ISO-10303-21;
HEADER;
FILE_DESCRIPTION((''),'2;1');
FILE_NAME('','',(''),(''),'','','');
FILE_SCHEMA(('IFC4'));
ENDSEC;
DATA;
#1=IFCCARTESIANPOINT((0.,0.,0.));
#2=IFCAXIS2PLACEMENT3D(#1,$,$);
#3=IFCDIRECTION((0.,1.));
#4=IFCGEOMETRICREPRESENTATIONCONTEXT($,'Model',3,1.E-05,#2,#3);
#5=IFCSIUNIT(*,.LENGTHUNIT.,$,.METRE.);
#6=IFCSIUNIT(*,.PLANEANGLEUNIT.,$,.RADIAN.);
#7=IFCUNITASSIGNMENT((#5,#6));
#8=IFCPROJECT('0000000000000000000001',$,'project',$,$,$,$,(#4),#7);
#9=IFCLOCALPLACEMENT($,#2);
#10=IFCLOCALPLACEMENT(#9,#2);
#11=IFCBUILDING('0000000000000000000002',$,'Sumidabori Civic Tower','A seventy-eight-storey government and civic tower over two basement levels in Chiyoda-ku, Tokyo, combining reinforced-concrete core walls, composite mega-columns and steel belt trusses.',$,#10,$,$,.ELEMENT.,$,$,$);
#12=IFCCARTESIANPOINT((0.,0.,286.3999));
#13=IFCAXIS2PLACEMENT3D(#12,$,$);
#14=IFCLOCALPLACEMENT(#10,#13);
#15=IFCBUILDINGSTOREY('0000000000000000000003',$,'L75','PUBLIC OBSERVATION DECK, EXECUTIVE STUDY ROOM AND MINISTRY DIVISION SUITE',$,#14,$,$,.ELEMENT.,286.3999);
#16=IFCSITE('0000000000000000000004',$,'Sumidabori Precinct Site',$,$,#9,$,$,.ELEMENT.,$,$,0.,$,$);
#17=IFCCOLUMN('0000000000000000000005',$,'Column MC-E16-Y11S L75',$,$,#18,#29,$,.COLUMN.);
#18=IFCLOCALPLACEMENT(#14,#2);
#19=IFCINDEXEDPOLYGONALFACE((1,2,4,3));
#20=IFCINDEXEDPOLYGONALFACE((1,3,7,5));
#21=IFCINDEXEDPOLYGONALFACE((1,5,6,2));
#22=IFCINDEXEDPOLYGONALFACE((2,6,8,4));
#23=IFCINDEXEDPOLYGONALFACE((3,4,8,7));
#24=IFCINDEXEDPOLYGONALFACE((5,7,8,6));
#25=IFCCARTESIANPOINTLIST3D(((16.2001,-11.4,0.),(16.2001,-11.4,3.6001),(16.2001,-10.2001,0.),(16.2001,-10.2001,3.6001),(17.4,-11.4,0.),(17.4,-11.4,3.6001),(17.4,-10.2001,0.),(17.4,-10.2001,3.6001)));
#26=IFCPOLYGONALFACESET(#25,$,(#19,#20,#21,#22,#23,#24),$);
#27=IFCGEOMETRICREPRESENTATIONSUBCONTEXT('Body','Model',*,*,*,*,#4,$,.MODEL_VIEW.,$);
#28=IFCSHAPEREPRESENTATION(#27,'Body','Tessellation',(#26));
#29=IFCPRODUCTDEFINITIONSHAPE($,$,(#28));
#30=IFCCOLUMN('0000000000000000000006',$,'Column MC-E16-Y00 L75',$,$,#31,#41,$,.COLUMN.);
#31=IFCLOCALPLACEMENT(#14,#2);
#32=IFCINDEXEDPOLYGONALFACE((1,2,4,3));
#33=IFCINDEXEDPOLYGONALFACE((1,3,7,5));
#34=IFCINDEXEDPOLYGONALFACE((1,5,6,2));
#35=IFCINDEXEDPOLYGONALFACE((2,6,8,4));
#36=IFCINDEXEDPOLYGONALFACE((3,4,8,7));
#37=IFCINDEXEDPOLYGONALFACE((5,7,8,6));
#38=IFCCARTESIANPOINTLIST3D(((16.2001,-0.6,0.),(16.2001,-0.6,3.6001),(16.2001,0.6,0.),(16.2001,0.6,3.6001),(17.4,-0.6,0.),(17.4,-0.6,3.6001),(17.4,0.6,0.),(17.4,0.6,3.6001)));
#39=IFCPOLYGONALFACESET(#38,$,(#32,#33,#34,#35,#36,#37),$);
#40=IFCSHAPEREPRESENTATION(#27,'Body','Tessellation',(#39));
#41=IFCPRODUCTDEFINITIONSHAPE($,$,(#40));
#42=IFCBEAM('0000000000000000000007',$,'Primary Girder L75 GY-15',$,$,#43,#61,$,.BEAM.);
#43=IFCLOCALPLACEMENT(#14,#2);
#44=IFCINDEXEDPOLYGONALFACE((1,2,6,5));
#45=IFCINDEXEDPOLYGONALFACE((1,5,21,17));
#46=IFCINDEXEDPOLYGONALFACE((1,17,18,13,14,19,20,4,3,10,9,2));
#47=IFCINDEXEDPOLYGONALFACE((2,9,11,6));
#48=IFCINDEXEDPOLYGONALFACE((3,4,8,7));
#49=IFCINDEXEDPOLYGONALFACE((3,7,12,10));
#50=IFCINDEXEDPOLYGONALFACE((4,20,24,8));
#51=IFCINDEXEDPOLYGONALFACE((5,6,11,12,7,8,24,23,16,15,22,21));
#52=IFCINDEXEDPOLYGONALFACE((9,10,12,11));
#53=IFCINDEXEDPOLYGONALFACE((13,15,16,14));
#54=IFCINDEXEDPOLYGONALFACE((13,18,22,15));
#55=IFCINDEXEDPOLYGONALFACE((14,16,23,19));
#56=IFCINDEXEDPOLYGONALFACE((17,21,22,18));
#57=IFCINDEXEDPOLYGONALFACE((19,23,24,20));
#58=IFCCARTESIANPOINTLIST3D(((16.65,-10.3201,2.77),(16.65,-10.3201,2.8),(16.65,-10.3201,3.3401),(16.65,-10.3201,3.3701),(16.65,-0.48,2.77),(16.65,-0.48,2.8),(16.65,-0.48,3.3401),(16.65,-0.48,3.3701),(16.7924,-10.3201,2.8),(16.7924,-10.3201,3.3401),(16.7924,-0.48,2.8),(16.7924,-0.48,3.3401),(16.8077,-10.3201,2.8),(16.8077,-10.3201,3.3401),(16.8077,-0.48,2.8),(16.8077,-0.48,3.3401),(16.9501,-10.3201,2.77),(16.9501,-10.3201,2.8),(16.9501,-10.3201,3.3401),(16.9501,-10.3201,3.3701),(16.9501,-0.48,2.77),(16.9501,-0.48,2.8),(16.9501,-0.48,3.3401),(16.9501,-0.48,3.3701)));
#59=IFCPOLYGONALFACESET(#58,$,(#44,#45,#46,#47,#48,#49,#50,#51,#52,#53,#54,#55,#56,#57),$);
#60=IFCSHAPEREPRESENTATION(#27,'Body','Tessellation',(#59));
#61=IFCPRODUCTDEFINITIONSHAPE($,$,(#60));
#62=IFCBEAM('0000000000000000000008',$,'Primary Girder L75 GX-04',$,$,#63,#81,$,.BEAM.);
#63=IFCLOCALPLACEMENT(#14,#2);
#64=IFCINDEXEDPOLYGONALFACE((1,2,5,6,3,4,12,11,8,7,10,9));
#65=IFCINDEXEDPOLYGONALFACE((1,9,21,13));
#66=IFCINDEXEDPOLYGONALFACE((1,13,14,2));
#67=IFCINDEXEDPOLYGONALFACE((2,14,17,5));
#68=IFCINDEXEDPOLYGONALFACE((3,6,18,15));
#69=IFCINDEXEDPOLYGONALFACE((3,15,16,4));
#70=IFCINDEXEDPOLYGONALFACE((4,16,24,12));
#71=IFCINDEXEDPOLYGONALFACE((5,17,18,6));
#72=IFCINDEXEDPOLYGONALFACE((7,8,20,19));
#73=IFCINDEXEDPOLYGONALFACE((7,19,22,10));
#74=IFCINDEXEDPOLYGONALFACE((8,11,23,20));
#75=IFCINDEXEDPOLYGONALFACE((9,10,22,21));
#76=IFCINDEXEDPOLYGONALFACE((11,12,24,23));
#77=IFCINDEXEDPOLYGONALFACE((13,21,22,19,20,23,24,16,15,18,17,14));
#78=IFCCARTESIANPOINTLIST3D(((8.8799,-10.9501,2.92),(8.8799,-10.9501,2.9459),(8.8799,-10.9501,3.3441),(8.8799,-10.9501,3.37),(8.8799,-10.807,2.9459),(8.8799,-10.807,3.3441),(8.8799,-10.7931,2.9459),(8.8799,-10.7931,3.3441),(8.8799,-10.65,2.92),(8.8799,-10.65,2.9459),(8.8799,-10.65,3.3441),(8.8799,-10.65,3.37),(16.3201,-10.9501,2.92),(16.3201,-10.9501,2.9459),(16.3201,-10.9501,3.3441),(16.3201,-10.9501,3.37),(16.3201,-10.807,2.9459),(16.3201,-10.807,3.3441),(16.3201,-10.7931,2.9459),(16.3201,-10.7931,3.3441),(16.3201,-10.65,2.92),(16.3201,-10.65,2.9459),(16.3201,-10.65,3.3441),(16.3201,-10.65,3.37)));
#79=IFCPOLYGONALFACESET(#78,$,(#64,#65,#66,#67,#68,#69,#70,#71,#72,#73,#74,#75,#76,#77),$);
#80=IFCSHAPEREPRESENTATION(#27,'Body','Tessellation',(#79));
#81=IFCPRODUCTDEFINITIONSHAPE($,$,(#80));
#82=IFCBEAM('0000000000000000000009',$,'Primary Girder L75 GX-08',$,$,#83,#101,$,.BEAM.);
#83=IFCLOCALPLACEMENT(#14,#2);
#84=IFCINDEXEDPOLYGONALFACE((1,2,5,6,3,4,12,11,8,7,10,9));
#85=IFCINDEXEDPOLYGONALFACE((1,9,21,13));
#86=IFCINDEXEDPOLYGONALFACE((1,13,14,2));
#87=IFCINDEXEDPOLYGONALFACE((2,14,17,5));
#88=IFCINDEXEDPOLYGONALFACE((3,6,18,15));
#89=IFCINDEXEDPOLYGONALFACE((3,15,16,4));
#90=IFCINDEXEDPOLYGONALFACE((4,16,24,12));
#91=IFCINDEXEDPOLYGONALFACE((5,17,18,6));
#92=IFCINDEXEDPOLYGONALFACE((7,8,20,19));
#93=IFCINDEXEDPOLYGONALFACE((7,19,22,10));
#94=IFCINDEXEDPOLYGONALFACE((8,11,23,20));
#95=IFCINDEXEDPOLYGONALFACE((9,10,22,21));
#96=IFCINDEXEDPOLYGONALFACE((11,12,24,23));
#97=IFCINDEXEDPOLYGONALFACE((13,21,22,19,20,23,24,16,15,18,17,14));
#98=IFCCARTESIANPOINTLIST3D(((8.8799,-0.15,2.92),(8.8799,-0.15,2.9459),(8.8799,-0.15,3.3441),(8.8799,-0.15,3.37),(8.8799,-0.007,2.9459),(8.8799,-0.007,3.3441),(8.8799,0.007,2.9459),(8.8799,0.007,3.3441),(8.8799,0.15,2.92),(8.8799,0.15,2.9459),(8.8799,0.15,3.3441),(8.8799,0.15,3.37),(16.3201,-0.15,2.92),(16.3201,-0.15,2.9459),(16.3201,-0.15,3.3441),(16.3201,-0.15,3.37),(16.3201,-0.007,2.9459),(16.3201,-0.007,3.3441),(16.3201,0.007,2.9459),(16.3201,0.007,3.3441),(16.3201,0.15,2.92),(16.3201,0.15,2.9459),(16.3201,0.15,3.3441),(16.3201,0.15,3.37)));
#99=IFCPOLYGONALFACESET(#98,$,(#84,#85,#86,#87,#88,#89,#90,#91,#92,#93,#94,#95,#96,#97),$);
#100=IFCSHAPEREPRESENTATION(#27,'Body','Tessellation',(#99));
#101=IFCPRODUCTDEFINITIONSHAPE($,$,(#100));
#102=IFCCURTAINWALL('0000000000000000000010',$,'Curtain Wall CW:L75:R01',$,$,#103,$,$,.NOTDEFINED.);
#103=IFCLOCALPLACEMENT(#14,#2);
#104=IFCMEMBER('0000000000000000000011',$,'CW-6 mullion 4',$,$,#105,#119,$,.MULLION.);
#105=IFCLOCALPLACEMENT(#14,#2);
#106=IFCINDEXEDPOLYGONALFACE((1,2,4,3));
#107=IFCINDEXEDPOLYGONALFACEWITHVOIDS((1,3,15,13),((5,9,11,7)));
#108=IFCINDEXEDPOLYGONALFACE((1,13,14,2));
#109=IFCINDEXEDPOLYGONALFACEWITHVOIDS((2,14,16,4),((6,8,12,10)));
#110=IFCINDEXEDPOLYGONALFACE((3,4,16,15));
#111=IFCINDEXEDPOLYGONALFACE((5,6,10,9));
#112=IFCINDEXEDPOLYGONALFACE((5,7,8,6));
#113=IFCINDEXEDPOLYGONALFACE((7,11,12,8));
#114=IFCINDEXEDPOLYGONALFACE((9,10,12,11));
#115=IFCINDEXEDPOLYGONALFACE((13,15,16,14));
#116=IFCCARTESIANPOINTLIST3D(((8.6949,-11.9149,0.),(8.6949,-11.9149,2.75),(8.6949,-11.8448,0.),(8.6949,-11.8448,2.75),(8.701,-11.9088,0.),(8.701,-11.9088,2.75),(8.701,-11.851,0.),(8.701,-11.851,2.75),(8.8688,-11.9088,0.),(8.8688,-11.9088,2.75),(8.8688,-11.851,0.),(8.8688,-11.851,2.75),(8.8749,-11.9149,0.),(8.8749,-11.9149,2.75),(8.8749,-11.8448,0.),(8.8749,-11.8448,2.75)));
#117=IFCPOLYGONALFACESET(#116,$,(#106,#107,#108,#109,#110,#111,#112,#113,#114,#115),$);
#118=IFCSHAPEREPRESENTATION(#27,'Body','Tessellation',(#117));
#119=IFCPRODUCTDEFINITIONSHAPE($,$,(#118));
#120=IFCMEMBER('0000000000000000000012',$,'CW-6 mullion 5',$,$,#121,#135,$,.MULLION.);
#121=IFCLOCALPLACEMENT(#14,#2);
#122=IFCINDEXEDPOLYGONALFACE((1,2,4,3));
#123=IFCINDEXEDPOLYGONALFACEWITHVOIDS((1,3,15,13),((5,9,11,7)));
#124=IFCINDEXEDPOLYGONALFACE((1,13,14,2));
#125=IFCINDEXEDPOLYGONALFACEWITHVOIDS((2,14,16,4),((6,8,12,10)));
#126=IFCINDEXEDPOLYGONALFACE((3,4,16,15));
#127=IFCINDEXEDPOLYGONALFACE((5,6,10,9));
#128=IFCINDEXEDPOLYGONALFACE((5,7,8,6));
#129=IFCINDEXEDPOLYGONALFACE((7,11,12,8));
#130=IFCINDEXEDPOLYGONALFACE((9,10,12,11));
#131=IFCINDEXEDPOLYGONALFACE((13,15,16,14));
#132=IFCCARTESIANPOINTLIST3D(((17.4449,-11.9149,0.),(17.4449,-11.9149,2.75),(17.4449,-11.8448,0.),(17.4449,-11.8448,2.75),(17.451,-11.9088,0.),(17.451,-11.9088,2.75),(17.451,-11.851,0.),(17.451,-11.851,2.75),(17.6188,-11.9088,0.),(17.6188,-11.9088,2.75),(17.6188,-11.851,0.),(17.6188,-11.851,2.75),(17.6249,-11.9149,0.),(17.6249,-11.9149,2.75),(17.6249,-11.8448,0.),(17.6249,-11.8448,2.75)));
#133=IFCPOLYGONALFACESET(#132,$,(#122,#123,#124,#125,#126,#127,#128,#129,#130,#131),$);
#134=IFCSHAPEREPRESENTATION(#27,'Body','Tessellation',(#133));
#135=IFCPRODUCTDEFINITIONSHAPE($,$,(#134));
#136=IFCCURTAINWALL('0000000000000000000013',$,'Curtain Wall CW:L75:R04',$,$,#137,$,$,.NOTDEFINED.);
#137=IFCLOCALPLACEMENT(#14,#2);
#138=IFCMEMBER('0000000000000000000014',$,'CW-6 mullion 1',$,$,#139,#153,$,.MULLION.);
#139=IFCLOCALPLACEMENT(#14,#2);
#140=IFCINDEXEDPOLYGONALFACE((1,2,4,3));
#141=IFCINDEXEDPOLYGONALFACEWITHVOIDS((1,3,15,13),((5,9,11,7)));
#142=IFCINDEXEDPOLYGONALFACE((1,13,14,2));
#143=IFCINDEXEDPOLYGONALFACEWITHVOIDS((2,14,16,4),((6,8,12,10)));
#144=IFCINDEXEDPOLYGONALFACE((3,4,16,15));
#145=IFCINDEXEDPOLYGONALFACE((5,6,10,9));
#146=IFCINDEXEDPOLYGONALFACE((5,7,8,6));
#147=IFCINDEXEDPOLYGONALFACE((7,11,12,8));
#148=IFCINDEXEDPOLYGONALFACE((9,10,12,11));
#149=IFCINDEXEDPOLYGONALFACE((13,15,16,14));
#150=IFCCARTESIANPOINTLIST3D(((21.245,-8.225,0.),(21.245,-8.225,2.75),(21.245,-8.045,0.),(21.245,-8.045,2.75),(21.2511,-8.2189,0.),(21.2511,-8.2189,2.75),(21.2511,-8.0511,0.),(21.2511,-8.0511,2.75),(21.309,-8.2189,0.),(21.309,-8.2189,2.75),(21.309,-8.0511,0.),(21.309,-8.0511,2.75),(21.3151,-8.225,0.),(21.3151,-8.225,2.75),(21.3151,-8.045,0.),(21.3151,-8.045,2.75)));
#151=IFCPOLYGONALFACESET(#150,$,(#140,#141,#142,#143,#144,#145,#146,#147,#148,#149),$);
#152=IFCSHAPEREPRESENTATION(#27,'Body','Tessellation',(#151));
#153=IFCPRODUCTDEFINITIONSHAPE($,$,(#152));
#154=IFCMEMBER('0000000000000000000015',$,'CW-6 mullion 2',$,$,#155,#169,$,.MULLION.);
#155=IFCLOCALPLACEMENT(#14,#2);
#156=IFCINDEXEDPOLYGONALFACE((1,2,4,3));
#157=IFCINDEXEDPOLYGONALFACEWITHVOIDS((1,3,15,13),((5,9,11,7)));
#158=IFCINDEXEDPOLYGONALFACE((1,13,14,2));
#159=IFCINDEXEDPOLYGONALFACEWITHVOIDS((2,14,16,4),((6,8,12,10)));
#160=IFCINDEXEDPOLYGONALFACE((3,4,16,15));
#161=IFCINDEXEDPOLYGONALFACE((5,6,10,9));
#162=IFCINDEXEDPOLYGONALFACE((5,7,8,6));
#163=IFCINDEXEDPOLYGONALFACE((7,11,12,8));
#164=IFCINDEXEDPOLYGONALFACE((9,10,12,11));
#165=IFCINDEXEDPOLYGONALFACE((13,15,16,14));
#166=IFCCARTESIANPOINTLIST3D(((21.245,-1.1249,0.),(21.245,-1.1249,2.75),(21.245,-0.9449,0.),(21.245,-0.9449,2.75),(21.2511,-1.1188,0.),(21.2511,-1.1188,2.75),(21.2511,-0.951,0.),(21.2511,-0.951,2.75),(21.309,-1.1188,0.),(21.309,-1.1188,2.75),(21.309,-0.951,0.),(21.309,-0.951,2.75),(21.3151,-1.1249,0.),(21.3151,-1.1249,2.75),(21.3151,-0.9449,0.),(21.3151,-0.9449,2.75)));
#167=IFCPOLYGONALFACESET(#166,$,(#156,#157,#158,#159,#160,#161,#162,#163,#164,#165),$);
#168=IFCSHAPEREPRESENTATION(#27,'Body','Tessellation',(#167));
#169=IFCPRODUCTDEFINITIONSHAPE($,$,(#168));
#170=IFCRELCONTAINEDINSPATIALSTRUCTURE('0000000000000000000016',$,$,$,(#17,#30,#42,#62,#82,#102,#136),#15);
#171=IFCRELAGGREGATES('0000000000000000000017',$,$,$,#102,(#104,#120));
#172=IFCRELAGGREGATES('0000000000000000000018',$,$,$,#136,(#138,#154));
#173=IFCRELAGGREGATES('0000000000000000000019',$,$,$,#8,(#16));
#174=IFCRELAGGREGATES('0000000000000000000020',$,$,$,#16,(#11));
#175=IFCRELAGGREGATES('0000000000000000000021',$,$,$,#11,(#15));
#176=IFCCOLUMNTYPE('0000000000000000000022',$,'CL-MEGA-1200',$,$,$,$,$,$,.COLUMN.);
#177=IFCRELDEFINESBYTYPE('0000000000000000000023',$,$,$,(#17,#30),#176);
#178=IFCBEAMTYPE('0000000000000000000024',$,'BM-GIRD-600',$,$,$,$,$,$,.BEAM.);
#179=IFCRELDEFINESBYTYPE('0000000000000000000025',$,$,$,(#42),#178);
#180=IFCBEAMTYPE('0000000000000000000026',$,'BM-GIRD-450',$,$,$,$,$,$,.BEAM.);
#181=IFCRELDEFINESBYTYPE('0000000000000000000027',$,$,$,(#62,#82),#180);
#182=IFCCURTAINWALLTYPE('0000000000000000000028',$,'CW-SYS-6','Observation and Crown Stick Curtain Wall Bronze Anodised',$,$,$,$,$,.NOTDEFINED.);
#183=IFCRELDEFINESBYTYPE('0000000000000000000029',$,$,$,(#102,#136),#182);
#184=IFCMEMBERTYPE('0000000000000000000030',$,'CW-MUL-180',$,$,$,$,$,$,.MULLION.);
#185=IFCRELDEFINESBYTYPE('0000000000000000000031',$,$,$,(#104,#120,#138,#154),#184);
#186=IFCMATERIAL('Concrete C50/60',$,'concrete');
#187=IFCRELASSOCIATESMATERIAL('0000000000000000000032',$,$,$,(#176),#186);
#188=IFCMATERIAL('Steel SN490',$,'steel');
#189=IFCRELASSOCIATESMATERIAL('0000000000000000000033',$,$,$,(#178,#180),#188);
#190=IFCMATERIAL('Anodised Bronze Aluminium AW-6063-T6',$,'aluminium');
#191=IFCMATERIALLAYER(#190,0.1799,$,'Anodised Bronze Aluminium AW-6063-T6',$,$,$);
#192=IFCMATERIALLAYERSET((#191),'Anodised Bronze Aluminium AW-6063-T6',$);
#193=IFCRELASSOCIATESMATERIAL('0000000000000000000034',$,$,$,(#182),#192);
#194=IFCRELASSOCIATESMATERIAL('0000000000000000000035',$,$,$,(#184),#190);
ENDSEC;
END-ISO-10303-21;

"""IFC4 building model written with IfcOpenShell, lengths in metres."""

from ifc_helpers import new_model, si_unit, direction, frame, origin, origin_2d, place, context, subcontext, project, spatial, rectangle, hollow_rectangle, i_section, extrude, source, transform, mapped, material, layer, layer_set, material_profile, profile_set, type_object, element, aggregate, save


model = new_model("IFC4")

# Units and contexts
model_context = context("Model", 3, precision=1e-05, world=origin(), true_north=direction((0.0, 1.0)))
body_context = subcontext(model_context, "Body", "Model", "MODEL_VIEW")
ifc_project = project(units=[si_unit("LENGTHUNIT", "METRE"), si_unit("PLANEANGLEUNIT", "RADIAN")], contexts=[model_context])

# Site, building, storey
site_placement = place(None, origin())
site = spatial("IfcSite", under=ifc_project, at=site_placement, Name="Sumidabori Precinct Site", CompositionType="ELEMENT", RefElevation=0.0)
building_placement = place(site_placement, origin())
building = spatial("IfcBuilding", under=site, at=building_placement, Name="Sumidabori Civic Tower", Description="A seventy-eight-storey government and civic tower over two basement levels in Chiyoda-ku, Tokyo, combining reinforced-concrete core walls, composite mega-columns and steel belt trusses.", CompositionType="ELEMENT")
storey_placement = place(building_placement, frame((0.0, 0.0, 286.3999)))
storey = spatial("IfcBuildingStorey", under=building, at=storey_placement, Name="L75", Description="PUBLIC OBSERVATION DECK, EXECUTIVE STUDY ROOM AND MINISTRY DIVISION SUITE", CompositionType="ELEMENT", Elevation=286.3999)

# Columns
ifc_material_1 = material(Name="Concrete C50/60", Category="concrete")
ifc_material_profile_1 = material_profile(ifc_material_1, rectangle(XDim=1.2, YDim=1.2, at=origin_2d()), Name="RC 1200x1200")
ifc_profile_set_1 = profile_set([ifc_material_profile_1], Name="Concrete C50/60")
column_type = type_object("IfcColumnType", Name="CL-MEGA-1200", PredefinedType="COLUMN", material=ifc_profile_set_1)
shared_shape_1 = source(origin(), body_context, "Body", "SweptSolid", [
    extrude(rectangle(XDim=1.2, YDim=1.2, at=origin_2d()), origin(), (0.0, 0.0, 1.0), 3.6001),
])
for number, where, z_axis, x_axis, name in (
    (1, (16.8, -10.8, 0.0), (0.0, 0.0, 1.0), (1.0, 0.0, 0.0), "Column MC-E16-Y11S L75"),
    (2, (16.8, 0.0, 0.0), (0.0, 0.0, 1.0), (1.0, 0.0, 0.0), "Column MC-E16-Y00 L75"),
):
    element("IfcColumn", number, at=place(storey_placement, frame(where, z_axis=z_axis, x_axis=x_axis)), inside=storey, type_object=column_type, Name=name, PredefinedType="COLUMN", context=body_context, shape_type="MappedRepresentation", body=[
        mapped(shared_shape_1, transform((0.0, 0.0, 0.0), x_axis=(1.0, 0.0, 0.0), y_axis=(0.0, 1.0, 0.0), z_axis=(0.0, 0.0, 1.0), scale=1.0)),
    ])

# Beams
ifc_material_2 = material(Name="Steel SN490", Category="steel")
ifc_material_profile_2 = material_profile(ifc_material_2, i_section(OverallWidth=0.3, OverallDepth=0.6001, WebThickness=0.0154, FlangeThickness=0.03, at=origin_2d()), Name="HE 600 B")
ifc_profile_set_2 = profile_set([ifc_material_profile_2], Name="Steel SN490")
beam_type_1 = type_object("IfcBeamType", Name="BM-GIRD-600", PredefinedType="BEAM", material=ifc_profile_set_2)
shared_shape_2 = source(origin(), body_context, "Body", "SweptSolid", [
    extrude(i_section(OverallWidth=0.3, OverallDepth=0.6001, WebThickness=0.0154, FlangeThickness=0.03, at=origin_2d()), origin(), (0.0, 0.0, 1.0), 9.8401),
])
beam_placement = place(storey_placement, frame((16.8, -10.3201, 3.0701), z_axis=(0.0, 1.0, 0.0), x_axis=(-1.0, 0.0, 0.0)))
element("IfcBeam", 3, at=beam_placement, inside=storey, type_object=beam_type_1, Name="Primary Girder L75 GY-15", PredefinedType="BEAM", context=body_context, shape_type="MappedRepresentation", body=[
    mapped(shared_shape_2, transform((0.0, 0.0, 0.0), x_axis=(1.0, 0.0, 0.0), y_axis=(0.0, 1.0, 0.0), z_axis=(0.0, 0.0, 1.0), scale=1.0)),
])
ifc_material_profile_3 = material_profile(ifc_material_2, i_section(OverallWidth=0.3, OverallDepth=0.45, WebThickness=0.0139, FlangeThickness=0.0259, at=origin_2d()), Name="HE 450 B")
ifc_profile_set_3 = profile_set([ifc_material_profile_3], Name="Steel SN490")
beam_type_2 = type_object("IfcBeamType", Name="BM-GIRD-450", PredefinedType="BEAM", material=ifc_profile_set_3)
shared_shape_3 = source(origin(), body_context, "Body", "SweptSolid", [
    extrude(i_section(OverallWidth=0.3, OverallDepth=0.45, WebThickness=0.0139, FlangeThickness=0.0259, at=origin_2d()), origin(), (0.0, 0.0, 1.0), 7.4402),
])
for number, where, z_axis, x_axis, name in (
    (4, (8.8799, -10.8, 3.145), (1.0, 0.0, 0.0), (0.0, 1.0, 0.0), "Primary Girder L75 GX-04"),
    (5, (8.8799, 0.0, 3.145), (1.0, 0.0, 0.0), (0.0, 1.0, 0.0), "Primary Girder L75 GX-08"),
):
    element("IfcBeam", number, at=place(storey_placement, frame(where, z_axis=z_axis, x_axis=x_axis)), inside=storey, type_object=beam_type_2, Name=name, PredefinedType="BEAM", context=body_context, shape_type="MappedRepresentation", body=[
        mapped(shared_shape_3, transform((0.0, 0.0, 0.0), x_axis=(1.0, 0.0, 0.0), y_axis=(0.0, 1.0, 0.0), z_axis=(0.0, 0.0, 1.0), scale=1.0)),
    ])

# Curtain walls, members
ifc_material_3 = material(Name="Anodised Bronze Aluminium AW-6063-T6", Category="aluminium")
ifc_layer_1 = layer(ifc_material_3, 0.1799, Name="Anodised Bronze Aluminium AW-6063-T6")
ifc_layer_set_1 = layer_set([ifc_layer_1], Name="Anodised Bronze Aluminium AW-6063-T6")
curtain_wall_type = type_object("IfcCurtainWallType", Name="CW-SYS-6", Description="Observation and Crown Stick Curtain Wall Bronze Anodised", PredefinedType="NOTDEFINED", material=ifc_layer_set_1)
curtain_wall_1_placement = place(storey_placement, origin())
curtain_wall_1 = element("IfcCurtainWall", 6, at=curtain_wall_1_placement, inside=storey, type_object=curtain_wall_type, Name="Curtain Wall CW:L75:R01", PredefinedType="NOTDEFINED")
ifc_material_profile_4 = material_profile(ifc_material_3, hollow_rectangle(XDim=0.0701, YDim=0.1799, WallThickness=0.0061, at=origin_2d()), Name="ALU MULLION 180x70")
ifc_profile_set_4 = profile_set([ifc_material_profile_4], Name="Anodised Bronze Aluminium AW-6063-T6")
member_type_1 = type_object("IfcMemberType", Name="CW-MUL-180", PredefinedType="MULLION", material=ifc_profile_set_4)
shared_shape_4 = source(origin(), body_context, "Body", "SweptSolid", [
    extrude(hollow_rectangle(XDim=0.0701, YDim=0.1799, WallThickness=0.0061, at=origin_2d()), origin(), (0.0, 0.0, 1.0), 2.75),
])
member_1_placement = place(storey_placement, frame((8.7849, -11.8799, 0.0), z_axis=(0.0, 0.0, 1.0), x_axis=(0.0, 1.0, 0.0)))
member_1 = element("IfcMember", 7, at=member_1_placement, type_object=member_type_1, Name="CW-6 mullion 4", PredefinedType="MULLION", context=body_context, shape_type="MappedRepresentation", body=[
    mapped(shared_shape_4, transform((0.0, 0.0, 0.0), x_axis=(1.0, 0.0, 0.0), y_axis=(0.0, 1.0, 0.0), z_axis=(0.0, 0.0, 1.0), scale=1.0)),
])
member_2_placement = place(storey_placement, frame((17.5349, -11.8799, 0.0), z_axis=(0.0, 0.0, 1.0), x_axis=(0.0, 1.0, 0.0)))
member_2 = element("IfcMember", 8, at=member_2_placement, type_object=member_type_1, Name="CW-6 mullion 5", PredefinedType="MULLION", context=body_context, shape_type="MappedRepresentation", body=[
    mapped(shared_shape_4, transform((0.0, 0.0, 0.0), x_axis=(1.0, 0.0, 0.0), y_axis=(0.0, 1.0, 0.0), z_axis=(0.0, 0.0, 1.0), scale=1.0)),
])
curtain_wall_2_placement = place(storey_placement, origin())
curtain_wall_2 = element("IfcCurtainWall", 9, at=curtain_wall_2_placement, inside=storey, type_object=curtain_wall_type, Name="Curtain Wall CW:L75:R04", PredefinedType="NOTDEFINED")
member_3_placement = place(storey_placement, frame((21.28, -8.135, 0.0), z_axis=(0.0, 0.0, 1.0), x_axis=(-1.0, 0.0, 0.0)))
member_3 = element("IfcMember", 10, at=member_3_placement, type_object=member_type_1, Name="CW-6 mullion 1", PredefinedType="MULLION", context=body_context, shape_type="MappedRepresentation", body=[
    mapped(shared_shape_4, transform((0.0, 0.0, 0.0), x_axis=(1.0, 0.0, 0.0), y_axis=(0.0, 1.0, 0.0), z_axis=(0.0, 0.0, 1.0), scale=1.0)),
])
member_4_placement = place(storey_placement, frame((21.28, -1.0349, 0.0), z_axis=(0.0, 0.0, 1.0), x_axis=(-1.0, 0.0, 0.0)))
member_4 = element("IfcMember", 11, at=member_4_placement, type_object=member_type_1, Name="CW-6 mullion 2", PredefinedType="MULLION", context=body_context, shape_type="MappedRepresentation", body=[
    mapped(shared_shape_4, transform((0.0, 0.0, 0.0), x_axis=(1.0, 0.0, 0.0), y_axis=(0.0, 1.0, 0.0), z_axis=(0.0, 0.0, 1.0), scale=1.0)),
])

aggregate(curtain_wall_1, [member_1, member_2])
aggregate(curtain_wall_2, [member_3, member_4])

save(model, "model.ifc")
